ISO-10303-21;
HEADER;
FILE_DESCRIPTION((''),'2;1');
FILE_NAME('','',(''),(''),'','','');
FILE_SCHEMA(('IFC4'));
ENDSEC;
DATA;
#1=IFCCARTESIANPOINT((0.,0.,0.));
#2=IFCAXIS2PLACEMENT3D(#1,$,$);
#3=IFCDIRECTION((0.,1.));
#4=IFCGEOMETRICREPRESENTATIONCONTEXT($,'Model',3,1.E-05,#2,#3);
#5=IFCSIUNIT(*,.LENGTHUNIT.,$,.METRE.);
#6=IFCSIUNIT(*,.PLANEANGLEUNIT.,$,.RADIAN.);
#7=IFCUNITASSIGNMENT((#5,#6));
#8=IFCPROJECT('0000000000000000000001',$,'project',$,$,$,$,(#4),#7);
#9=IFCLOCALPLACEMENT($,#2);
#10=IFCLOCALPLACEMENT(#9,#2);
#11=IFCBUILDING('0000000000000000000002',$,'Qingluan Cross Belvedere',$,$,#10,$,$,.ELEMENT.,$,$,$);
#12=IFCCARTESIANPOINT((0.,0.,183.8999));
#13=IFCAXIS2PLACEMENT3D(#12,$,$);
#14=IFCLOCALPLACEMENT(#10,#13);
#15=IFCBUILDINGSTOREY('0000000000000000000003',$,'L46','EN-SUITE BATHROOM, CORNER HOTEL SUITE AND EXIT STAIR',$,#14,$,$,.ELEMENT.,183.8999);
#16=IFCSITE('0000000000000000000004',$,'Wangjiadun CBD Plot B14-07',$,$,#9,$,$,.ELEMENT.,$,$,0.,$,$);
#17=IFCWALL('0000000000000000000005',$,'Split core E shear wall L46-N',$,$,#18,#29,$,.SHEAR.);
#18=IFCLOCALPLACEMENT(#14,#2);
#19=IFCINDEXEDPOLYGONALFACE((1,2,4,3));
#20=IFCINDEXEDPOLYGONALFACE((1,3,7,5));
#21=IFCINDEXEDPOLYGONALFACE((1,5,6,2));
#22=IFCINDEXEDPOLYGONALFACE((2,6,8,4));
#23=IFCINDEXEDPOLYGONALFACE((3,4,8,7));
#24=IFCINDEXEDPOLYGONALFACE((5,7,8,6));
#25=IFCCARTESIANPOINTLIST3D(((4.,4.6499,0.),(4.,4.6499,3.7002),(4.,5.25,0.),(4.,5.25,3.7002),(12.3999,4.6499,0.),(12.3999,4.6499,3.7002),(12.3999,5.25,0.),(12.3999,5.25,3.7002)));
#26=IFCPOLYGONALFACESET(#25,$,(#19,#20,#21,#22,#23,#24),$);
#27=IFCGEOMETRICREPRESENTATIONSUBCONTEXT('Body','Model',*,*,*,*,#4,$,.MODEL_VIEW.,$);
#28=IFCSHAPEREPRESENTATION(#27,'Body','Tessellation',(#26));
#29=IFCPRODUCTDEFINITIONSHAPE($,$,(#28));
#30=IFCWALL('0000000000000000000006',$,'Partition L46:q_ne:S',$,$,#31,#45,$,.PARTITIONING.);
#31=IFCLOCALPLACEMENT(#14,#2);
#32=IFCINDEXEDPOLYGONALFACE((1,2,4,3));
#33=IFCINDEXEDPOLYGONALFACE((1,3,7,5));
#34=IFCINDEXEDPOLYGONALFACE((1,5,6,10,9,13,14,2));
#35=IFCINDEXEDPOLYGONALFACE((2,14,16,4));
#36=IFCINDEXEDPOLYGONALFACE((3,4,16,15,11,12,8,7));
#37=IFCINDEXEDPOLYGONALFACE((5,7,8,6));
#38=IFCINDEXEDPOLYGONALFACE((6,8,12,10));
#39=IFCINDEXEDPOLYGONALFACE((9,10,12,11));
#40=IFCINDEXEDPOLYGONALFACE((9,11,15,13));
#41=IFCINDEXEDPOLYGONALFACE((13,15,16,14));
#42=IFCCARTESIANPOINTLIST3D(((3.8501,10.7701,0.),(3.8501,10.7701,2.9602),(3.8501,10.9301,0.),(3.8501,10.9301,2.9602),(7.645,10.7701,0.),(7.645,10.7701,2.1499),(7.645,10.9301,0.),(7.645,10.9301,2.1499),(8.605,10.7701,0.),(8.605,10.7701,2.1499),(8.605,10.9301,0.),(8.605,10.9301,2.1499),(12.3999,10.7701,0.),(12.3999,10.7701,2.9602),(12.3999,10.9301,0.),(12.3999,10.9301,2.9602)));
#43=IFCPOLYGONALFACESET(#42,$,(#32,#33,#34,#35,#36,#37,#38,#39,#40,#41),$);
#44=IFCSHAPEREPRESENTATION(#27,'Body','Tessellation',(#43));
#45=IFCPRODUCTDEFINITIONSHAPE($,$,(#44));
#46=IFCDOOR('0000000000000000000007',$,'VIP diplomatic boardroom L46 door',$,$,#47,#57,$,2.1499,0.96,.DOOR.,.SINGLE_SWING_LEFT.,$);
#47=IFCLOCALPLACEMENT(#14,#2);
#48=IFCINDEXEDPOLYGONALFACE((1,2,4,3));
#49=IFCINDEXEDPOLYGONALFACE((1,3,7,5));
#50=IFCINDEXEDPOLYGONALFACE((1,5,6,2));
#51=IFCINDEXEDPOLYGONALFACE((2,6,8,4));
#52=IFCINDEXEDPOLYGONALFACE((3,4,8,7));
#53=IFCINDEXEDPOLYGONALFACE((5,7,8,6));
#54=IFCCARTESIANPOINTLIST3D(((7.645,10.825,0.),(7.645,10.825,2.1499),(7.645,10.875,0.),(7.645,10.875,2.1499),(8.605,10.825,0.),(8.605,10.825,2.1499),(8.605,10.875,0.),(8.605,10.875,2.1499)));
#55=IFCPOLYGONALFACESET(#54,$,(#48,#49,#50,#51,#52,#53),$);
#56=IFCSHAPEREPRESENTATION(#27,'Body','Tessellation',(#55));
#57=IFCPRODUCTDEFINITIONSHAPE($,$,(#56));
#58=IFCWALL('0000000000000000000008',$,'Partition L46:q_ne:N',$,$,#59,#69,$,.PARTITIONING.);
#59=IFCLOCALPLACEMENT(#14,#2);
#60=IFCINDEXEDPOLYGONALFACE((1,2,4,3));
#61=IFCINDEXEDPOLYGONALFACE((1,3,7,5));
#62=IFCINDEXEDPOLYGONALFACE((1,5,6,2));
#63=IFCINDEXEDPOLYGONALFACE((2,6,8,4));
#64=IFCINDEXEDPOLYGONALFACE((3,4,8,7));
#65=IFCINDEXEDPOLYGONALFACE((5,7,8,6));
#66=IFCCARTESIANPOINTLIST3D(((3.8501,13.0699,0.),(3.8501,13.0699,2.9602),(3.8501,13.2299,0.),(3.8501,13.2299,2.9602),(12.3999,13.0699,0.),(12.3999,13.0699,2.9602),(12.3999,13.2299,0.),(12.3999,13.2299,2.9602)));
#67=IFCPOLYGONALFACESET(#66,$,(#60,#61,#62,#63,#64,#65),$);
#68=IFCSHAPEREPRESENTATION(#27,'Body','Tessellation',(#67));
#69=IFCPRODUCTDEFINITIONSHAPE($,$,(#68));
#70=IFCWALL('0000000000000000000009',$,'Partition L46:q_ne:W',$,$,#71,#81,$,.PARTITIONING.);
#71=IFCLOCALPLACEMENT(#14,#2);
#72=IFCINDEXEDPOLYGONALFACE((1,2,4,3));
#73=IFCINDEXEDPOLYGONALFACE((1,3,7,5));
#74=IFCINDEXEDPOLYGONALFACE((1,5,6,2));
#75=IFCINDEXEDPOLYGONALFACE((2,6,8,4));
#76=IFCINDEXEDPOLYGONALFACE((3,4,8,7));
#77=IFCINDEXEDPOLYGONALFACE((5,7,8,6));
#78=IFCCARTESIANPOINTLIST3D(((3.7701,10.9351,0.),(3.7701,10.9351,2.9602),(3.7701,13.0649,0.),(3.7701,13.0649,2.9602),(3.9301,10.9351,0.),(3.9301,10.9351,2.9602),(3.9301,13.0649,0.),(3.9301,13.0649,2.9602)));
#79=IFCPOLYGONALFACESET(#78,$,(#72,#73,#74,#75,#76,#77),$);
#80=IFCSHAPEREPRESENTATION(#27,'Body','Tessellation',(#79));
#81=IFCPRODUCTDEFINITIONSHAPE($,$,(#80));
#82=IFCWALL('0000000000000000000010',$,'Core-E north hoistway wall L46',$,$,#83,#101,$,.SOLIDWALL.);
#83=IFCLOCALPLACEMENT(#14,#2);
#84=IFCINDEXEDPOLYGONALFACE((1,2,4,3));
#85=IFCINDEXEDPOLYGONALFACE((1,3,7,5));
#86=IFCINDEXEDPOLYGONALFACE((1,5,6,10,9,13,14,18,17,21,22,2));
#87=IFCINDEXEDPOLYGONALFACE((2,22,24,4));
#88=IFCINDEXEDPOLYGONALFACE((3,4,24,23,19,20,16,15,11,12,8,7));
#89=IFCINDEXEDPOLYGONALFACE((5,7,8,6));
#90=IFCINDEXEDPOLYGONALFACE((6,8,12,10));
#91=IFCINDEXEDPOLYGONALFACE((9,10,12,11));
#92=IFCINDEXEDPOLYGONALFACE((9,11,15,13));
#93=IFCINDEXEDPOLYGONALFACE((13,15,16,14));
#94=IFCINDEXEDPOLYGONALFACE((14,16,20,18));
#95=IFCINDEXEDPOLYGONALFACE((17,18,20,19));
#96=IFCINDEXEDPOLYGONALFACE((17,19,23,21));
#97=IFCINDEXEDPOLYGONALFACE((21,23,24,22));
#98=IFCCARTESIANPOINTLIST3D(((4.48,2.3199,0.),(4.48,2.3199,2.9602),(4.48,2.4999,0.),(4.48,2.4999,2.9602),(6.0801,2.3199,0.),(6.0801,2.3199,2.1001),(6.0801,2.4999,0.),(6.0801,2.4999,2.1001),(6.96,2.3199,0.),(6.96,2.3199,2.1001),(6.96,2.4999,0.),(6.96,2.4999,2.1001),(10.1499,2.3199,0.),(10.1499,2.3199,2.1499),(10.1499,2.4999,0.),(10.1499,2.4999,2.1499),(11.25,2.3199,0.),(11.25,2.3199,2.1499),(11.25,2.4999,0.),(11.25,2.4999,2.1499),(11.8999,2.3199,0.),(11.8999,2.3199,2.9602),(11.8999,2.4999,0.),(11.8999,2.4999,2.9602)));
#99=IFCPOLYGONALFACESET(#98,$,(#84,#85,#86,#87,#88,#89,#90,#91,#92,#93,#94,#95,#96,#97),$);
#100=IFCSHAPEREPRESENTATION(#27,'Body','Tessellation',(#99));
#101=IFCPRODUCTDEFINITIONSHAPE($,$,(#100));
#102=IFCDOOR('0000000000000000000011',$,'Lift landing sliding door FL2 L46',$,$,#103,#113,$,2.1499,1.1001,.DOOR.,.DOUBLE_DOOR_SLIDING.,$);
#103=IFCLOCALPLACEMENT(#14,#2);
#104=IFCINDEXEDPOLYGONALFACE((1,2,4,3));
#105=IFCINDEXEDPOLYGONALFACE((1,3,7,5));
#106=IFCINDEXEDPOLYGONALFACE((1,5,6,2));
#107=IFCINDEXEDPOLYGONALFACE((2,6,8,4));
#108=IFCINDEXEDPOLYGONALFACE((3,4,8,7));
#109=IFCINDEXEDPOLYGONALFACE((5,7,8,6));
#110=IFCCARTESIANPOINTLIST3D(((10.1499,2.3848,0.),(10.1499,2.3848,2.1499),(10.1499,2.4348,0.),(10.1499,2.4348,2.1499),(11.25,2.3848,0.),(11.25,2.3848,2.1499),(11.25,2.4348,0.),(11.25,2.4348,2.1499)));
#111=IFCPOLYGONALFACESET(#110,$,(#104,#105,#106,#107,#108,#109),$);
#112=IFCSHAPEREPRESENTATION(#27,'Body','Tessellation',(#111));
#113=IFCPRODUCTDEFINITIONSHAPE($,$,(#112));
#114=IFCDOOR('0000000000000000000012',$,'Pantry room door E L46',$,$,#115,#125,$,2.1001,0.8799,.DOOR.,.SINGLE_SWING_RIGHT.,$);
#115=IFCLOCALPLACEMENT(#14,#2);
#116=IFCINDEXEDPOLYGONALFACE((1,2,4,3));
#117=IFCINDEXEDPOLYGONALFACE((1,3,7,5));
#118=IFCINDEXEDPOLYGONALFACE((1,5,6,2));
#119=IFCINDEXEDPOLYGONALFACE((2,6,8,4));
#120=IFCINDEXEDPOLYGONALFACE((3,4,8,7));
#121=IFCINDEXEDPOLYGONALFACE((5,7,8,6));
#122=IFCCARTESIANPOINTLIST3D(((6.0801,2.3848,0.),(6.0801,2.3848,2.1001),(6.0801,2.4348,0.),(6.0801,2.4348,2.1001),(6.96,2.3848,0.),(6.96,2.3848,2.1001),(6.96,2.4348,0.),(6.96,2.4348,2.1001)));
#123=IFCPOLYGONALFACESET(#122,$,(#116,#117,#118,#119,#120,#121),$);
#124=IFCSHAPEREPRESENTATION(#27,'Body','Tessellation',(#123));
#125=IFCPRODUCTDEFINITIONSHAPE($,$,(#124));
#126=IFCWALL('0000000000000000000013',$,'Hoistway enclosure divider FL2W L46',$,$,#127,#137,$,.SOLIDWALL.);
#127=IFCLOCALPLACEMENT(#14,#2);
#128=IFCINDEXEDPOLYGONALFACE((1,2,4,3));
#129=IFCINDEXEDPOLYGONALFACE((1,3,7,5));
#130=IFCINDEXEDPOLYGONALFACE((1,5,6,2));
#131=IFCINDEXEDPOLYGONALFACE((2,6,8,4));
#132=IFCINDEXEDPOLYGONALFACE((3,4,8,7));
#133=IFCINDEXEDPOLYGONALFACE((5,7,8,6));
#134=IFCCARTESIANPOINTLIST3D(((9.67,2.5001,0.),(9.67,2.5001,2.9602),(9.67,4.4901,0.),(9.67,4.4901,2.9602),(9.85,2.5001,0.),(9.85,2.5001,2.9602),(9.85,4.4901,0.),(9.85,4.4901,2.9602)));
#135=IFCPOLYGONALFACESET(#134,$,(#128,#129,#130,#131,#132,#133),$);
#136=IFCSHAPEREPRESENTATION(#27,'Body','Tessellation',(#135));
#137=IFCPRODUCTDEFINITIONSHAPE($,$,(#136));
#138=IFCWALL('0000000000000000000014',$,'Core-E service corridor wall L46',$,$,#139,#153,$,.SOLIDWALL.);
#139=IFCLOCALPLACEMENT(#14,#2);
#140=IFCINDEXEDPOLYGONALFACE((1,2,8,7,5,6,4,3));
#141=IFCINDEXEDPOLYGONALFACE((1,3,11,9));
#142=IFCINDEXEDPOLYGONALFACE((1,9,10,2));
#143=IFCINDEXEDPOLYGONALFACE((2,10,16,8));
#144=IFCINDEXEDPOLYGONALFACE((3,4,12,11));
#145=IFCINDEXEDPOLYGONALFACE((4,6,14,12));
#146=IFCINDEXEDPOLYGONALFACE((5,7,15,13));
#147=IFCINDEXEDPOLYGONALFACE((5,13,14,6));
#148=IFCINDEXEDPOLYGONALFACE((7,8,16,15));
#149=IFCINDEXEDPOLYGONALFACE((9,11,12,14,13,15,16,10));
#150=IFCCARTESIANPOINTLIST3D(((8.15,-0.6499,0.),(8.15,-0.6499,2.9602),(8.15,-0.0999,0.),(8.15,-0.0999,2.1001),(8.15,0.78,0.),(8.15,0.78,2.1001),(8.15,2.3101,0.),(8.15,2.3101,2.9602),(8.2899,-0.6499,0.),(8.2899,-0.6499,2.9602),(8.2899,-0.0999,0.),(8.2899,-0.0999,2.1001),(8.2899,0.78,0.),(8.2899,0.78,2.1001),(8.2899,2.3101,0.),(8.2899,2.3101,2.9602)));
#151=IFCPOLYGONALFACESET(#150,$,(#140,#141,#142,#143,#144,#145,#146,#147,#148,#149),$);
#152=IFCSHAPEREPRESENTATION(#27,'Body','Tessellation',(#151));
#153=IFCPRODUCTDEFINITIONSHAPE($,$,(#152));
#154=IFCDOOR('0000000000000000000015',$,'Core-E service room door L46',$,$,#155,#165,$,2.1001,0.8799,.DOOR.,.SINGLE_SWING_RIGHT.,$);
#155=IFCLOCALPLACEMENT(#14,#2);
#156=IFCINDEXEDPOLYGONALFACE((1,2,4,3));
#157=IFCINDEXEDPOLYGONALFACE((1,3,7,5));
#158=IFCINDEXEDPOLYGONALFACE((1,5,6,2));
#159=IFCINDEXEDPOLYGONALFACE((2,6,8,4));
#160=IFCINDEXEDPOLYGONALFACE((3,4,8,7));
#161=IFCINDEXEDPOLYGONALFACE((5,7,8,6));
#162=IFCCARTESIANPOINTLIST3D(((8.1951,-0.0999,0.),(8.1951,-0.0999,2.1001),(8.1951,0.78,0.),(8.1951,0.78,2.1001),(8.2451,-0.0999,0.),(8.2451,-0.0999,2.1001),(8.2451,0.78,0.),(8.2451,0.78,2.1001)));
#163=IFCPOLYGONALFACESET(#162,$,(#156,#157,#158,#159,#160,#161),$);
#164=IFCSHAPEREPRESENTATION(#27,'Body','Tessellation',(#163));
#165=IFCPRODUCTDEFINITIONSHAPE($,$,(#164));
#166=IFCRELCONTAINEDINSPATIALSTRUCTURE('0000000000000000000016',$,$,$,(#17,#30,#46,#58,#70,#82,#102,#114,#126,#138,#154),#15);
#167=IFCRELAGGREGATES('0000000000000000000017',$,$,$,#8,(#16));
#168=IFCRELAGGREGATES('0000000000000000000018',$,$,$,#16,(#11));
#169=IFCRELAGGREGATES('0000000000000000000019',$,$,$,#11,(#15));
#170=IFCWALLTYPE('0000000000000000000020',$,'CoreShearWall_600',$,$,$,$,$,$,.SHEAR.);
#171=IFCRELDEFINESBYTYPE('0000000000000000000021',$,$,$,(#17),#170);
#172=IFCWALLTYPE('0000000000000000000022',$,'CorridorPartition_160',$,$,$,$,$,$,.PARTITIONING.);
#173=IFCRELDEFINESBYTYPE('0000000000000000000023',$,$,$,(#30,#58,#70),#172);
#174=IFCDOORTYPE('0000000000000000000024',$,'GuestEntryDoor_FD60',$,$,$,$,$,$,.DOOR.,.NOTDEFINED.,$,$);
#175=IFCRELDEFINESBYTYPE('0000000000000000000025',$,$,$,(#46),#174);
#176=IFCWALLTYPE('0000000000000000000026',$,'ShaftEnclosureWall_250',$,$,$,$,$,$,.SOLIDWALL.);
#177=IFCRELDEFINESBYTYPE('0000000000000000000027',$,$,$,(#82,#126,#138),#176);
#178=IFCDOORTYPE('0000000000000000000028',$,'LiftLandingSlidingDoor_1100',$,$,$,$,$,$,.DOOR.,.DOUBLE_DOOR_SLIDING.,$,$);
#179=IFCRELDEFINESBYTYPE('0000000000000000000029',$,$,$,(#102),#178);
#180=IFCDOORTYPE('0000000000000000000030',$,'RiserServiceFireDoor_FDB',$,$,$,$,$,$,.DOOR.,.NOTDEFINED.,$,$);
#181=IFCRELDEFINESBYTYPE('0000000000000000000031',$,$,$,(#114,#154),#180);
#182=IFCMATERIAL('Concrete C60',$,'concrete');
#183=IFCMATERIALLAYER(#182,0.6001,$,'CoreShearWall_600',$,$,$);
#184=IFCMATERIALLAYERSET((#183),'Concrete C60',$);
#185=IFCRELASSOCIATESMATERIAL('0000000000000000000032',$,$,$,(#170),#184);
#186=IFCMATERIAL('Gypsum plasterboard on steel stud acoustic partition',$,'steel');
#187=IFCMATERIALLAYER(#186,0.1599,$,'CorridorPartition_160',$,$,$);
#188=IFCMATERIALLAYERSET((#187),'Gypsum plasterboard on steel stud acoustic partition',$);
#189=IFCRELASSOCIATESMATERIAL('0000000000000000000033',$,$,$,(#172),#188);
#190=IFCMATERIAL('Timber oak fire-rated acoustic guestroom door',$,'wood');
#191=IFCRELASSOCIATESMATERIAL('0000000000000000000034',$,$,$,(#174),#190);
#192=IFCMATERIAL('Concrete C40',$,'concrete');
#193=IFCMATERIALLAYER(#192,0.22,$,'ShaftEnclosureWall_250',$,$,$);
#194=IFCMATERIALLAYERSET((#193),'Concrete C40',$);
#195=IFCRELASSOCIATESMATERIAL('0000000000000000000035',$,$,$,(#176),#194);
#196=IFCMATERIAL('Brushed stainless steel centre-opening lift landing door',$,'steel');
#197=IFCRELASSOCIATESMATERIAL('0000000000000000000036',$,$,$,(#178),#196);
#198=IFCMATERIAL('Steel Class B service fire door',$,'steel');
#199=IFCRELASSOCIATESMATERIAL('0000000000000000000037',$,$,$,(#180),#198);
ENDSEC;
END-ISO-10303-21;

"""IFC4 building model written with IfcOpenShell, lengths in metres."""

from ifc_helpers import new_model, si_unit, direction, frame, frame_2d, origin, place, context, subcontext, project, spatial, rectangle, extrude, material, layer, layer_set, type_object, element, fill, save


model = new_model("IFC4")

# Units and contexts
model_context = context("Model", 3, precision=1e-05, world=origin(), true_north=direction((0.0, 1.0)))
body_context = subcontext(model_context, "Body", "Model", "MODEL_VIEW")
ifc_project = project(units=[si_unit("LENGTHUNIT", "METRE"), si_unit("PLANEANGLEUNIT", "RADIAN")], contexts=[model_context])

# Site, building, storey
site_placement = place(None, origin())
site = spatial("IfcSite", under=ifc_project, at=site_placement, Name="Wangjiadun CBD Plot B14-07", CompositionType="ELEMENT", RefElevation=0.0)
building_placement = place(site_placement, origin())
building = spatial("IfcBuilding", under=site, at=building_placement, Name="Qingluan Cross Belvedere", CompositionType="ELEMENT")
storey_placement = place(building_placement, frame((0.0, 0.0, 183.8999)))
storey = spatial("IfcBuildingStorey", under=building, at=storey_placement, Name="L46", Description="EN-SUITE BATHROOM, CORNER HOTEL SUITE AND EXIT STAIR", CompositionType="ELEMENT", Elevation=183.8999)

# Wall
ifc_material_1 = material(Name="Concrete C60", Category="concrete")
ifc_layer_1 = layer(ifc_material_1, 0.6001, Name="CoreShearWall_600")
ifc_layer_set_1 = layer_set([ifc_layer_1], Name="Concrete C60")
wall_type_1 = type_object("IfcWallType", Name="CoreShearWall_600", PredefinedType="SHEAR", material=ifc_layer_set_1)
wall_1_placement = place(storey_placement, frame((4.0, 4.95, 0.0), z_axis=(0.0, 0.0, 1.0), x_axis=(1.0, 0.0, 0.0)))
element("IfcWall", 1, at=wall_1_placement, inside=storey, type_object=wall_type_1, Name="Split core E shear wall L46-N", PredefinedType="SHEAR", context=body_context, shape_type="SweptSolid", body=[
    extrude(rectangle(XDim=8.3999, YDim=0.6001, at=frame_2d((4.2, 0.0))), origin(), (0.0, 0.0, 1.0), 3.7002),
])

# Wall, opening, door
ifc_material_2 = material(Name="Gypsum plasterboard on steel stud acoustic partition", Category="steel")
ifc_layer_2 = layer(ifc_material_2, 0.1599, Name="CorridorPartition_160")
ifc_layer_set_2 = layer_set([ifc_layer_2], Name="Gypsum plasterboard on steel stud acoustic partition")
wall_type_2 = type_object("IfcWallType", Name="CorridorPartition_160", PredefinedType="PARTITIONING", material=ifc_layer_set_2)
wall_2_placement = place(storey_placement, frame((3.8501, 10.8501, 0.0), z_axis=(0.0, 0.0, 1.0), x_axis=(1.0, 0.0, 0.0)))
wall_2 = element("IfcWall", 2, at=wall_2_placement, inside=storey, type_object=wall_type_2, Name="Partition L46:q_ne:S", PredefinedType="PARTITIONING", context=body_context, shape_type="SweptSolid", body=[
    extrude(rectangle(XDim=8.5498, YDim=0.1599, at=frame_2d((4.2749, 0.0))), origin(), (0.0, 0.0, 1.0), 2.9602),
])
opening_1_placement = place(wall_2_placement, frame((3.7949, 0.0, 0.0)))
opening_1 = element("IfcOpeningElement", 3, at=opening_1_placement, cuts=wall_2, PredefinedType="OPENING", context=body_context, shape_type="SweptSolid", body=[
    extrude(rectangle(XDim=0.96, YDim=2.1499, at=frame_2d((0.48, 1.075))), frame((0.0, 0.0898, 0.0), z_axis=(0.0, -1.0, 0.0), x_axis=(1.0, 0.0, 0.0)), (0.0, 0.0, 1.0), 0.1799),
])
ifc_material_3 = material(Name="Timber oak fire-rated acoustic guestroom door", Category="wood")
door_type_1 = type_object("IfcDoorType", Name="GuestEntryDoor_FD60", OperationType="NOTDEFINED", PredefinedType="DOOR", material=ifc_material_3)
door_1_placement = place(opening_1_placement, origin())
door_1 = element("IfcDoor", 4, at=door_1_placement, inside=storey, type_object=door_type_1, Name="VIP diplomatic boardroom L46 door", OperationType="SINGLE_SWING_LEFT", OverallHeight=2.1499, OverallWidth=0.96, PredefinedType="DOOR", context=body_context, shape_type="SweptSolid", body=[
    extrude(rectangle(XDim=0.96, YDim=2.1499, at=frame_2d((0.48, 1.075))), frame((0.0, 0.0249, 0.0), z_axis=(0.0, -1.0, 0.0), x_axis=(1.0, 0.0, 0.0)), (0.0, 0.0, 1.0), 0.05),
])
fill(opening_1, door_1)

# Walls
wall_3_placement = place(storey_placement, frame((3.8501, 13.1499, 0.0), z_axis=(0.0, 0.0, 1.0), x_axis=(1.0, 0.0, 0.0)))
element("IfcWall", 5, at=wall_3_placement, inside=storey, type_object=wall_type_2, Name="Partition L46:q_ne:N", PredefinedType="PARTITIONING", context=body_context, shape_type="SweptSolid", body=[
    extrude(rectangle(XDim=8.5498, YDim=0.1599, at=frame_2d((4.2749, 0.0))), origin(), (0.0, 0.0, 1.0), 2.9602),
])
wall_4_placement = place(storey_placement, frame((3.8501, 10.9351, 0.0), z_axis=(0.0, 0.0, 1.0), x_axis=(0.0, 1.0, 0.0)))
element("IfcWall", 6, at=wall_4_placement, inside=storey, type_object=wall_type_2, Name="Partition L46:q_ne:W", PredefinedType="PARTITIONING", context=body_context, shape_type="SweptSolid", body=[
    extrude(rectangle(XDim=2.1299, YDim=0.1599, at=frame_2d((1.0649, 0.0))), origin(), (0.0, 0.0, 1.0), 2.9602),
])

# Wall, openings, doors
ifc_material_4 = material(Name="Concrete C40", Category="concrete")
ifc_layer_3 = layer(ifc_material_4, 0.22, Name="ShaftEnclosureWall_250")
ifc_layer_set_3 = layer_set([ifc_layer_3], Name="Concrete C40")
wall_type_3 = type_object("IfcWallType", Name="ShaftEnclosureWall_250", PredefinedType="SOLIDWALL", material=ifc_layer_set_3)
wall_5_placement = place(storey_placement, frame((4.48, 2.4099, 0.0), z_axis=(0.0, 0.0, 1.0), x_axis=(1.0, 0.0, 0.0)))
wall_5 = element("IfcWall", 7, at=wall_5_placement, inside=storey, type_object=wall_type_3, Name="Core-E north hoistway wall L46", PredefinedType="SOLIDWALL", context=body_context, shape_type="SweptSolid", body=[
    extrude(rectangle(XDim=7.4199, YDim=0.1799, at=frame_2d((3.71, 0.0))), origin(), (0.0, 0.0, 1.0), 2.9602),
])
opening_2_placement = place(wall_5_placement, frame((5.6699, 0.0, 0.0)))
opening_2 = element("IfcOpeningElement", 8, at=opening_2_placement, cuts=wall_5, PredefinedType="OPENING", context=body_context, shape_type="SweptSolid", body=[
    extrude(rectangle(XDim=1.1001, YDim=2.1499, at=frame_2d((0.55, 1.075))), frame((0.0, 0.0999, 0.0), z_axis=(0.0, -1.0, 0.0), x_axis=(1.0, 0.0, 0.0)), (0.0, 0.0, 1.0), 0.2),
])
opening_3_placement = place(wall_5_placement, frame((1.6001, 0.0, 0.0)))
opening_3 = element("IfcOpeningElement", 9, at=opening_3_placement, cuts=wall_5, PredefinedType="OPENING", context=body_context, shape_type="SweptSolid", body=[
    extrude(rectangle(XDim=0.8799, YDim=2.1001, at=frame_2d((0.4399, 1.05))), frame((0.0, 0.0999, 0.0), z_axis=(0.0, -1.0, 0.0), x_axis=(1.0, 0.0, 0.0)), (0.0, 0.0, 1.0), 0.2),
])
ifc_material_5 = material(Name="Brushed stainless steel centre-opening lift landing door", Category="steel")
door_type_2 = type_object("IfcDoorType", Name="LiftLandingSlidingDoor_1100", OperationType="DOUBLE_DOOR_SLIDING", PredefinedType="DOOR", material=ifc_material_5)
door_2_placement = place(opening_2_placement, origin())
door_2 = element("IfcDoor", 10, at=door_2_placement, inside=storey, type_object=door_type_2, Name="Lift landing sliding door FL2 L46", OperationType="DOUBLE_DOOR_SLIDING", OverallHeight=2.1499, OverallWidth=1.1001, PredefinedType="DOOR", context=body_context, shape_type="SweptSolid", body=[
    extrude(rectangle(XDim=1.1001, YDim=2.1499, at=frame_2d((0.55, 1.075))), frame((0.0, 0.0249, 0.0), z_axis=(0.0, -1.0, 0.0), x_axis=(1.0, 0.0, 0.0)), (0.0, 0.0, 1.0), 0.05),
])
fill(opening_2, door_2)
ifc_material_6 = material(Name="Steel Class B service fire door", Category="steel")
door_type_3 = type_object("IfcDoorType", Name="RiserServiceFireDoor_FDB", OperationType="NOTDEFINED", PredefinedType="DOOR", material=ifc_material_6)
door_3_placement = place(opening_3_placement, origin())
door_3 = element("IfcDoor", 11, at=door_3_placement, inside=storey, type_object=door_type_3, Name="Pantry room door E L46", OperationType="SINGLE_SWING_RIGHT", OverallHeight=2.1001, OverallWidth=0.8799, PredefinedType="DOOR", context=body_context, shape_type="SweptSolid", body=[
    extrude(rectangle(XDim=0.8799, YDim=2.1001, at=frame_2d((0.4399, 1.05))), frame((0.0, 0.0249, 0.0), z_axis=(0.0, -1.0, 0.0), x_axis=(1.0, 0.0, 0.0)), (0.0, 0.0, 1.0), 0.05),
])
fill(opening_3, door_3)

# Wall
wall_6_placement = place(storey_placement, frame((9.76, 2.5, 0.0), z_axis=(0.0, 0.0, 1.0), x_axis=(0.0, 1.0, 0.0)))
element("IfcWall", 12, at=wall_6_placement, inside=storey, type_object=wall_type_3, Name="Hoistway enclosure divider FL2W L46", PredefinedType="SOLIDWALL", context=body_context, shape_type="SweptSolid", body=[
    extrude(rectangle(XDim=1.99, YDim=0.1799, at=frame_2d((0.9951, 0.0))), origin(), (0.0, 0.0, 1.0), 2.9602),
])

# Wall, opening, door
wall_7_placement = place(storey_placement, frame((8.22, -0.6499, 0.0), z_axis=(0.0, 0.0, 1.0), x_axis=(0.0, 1.0, 0.0)))
wall_7 = element("IfcWall", 13, at=wall_7_placement, inside=storey, type_object=wall_type_3, Name="Core-E service corridor wall L46", PredefinedType="SOLIDWALL", context=body_context, shape_type="SweptSolid", body=[
    extrude(rectangle(XDim=2.96, YDim=0.1399, at=frame_2d((1.48, 0.0))), origin(), (0.0, 0.0, 1.0), 2.9602),
])
opening_4_placement = place(wall_7_placement, frame((0.55, 0.0, 0.0)))
opening_4 = element("IfcOpeningElement", 14, at=opening_4_placement, cuts=wall_7, PredefinedType="OPENING", context=body_context, shape_type="SweptSolid", body=[
    extrude(rectangle(XDim=0.8799, YDim=2.1001, at=frame_2d((0.4399, 1.05))), frame((0.0, 0.0798, 0.0), z_axis=(0.0, -1.0, 0.0), x_axis=(1.0, 0.0, 0.0)), (0.0, 0.0, 1.0), 0.1599),
])
door_4_placement = place(opening_4_placement, origin())
door_4 = element("IfcDoor", 15, at=door_4_placement, inside=storey, type_object=door_type_3, Name="Core-E service room door L46", OperationType="SINGLE_SWING_RIGHT", OverallHeight=2.1001, OverallWidth=0.8799, PredefinedType="DOOR", context=body_context, shape_type="SweptSolid", body=[
    extrude(rectangle(XDim=0.8799, YDim=2.1001, at=frame_2d((0.4399, 1.05))), frame((0.0, 0.0249, 0.0), z_axis=(0.0, -1.0, 0.0), x_axis=(1.0, 0.0, 0.0)), (0.0, 0.0, 1.0), 0.05),
])
fill(opening_4, door_4)

save(model, "model.ifc")
